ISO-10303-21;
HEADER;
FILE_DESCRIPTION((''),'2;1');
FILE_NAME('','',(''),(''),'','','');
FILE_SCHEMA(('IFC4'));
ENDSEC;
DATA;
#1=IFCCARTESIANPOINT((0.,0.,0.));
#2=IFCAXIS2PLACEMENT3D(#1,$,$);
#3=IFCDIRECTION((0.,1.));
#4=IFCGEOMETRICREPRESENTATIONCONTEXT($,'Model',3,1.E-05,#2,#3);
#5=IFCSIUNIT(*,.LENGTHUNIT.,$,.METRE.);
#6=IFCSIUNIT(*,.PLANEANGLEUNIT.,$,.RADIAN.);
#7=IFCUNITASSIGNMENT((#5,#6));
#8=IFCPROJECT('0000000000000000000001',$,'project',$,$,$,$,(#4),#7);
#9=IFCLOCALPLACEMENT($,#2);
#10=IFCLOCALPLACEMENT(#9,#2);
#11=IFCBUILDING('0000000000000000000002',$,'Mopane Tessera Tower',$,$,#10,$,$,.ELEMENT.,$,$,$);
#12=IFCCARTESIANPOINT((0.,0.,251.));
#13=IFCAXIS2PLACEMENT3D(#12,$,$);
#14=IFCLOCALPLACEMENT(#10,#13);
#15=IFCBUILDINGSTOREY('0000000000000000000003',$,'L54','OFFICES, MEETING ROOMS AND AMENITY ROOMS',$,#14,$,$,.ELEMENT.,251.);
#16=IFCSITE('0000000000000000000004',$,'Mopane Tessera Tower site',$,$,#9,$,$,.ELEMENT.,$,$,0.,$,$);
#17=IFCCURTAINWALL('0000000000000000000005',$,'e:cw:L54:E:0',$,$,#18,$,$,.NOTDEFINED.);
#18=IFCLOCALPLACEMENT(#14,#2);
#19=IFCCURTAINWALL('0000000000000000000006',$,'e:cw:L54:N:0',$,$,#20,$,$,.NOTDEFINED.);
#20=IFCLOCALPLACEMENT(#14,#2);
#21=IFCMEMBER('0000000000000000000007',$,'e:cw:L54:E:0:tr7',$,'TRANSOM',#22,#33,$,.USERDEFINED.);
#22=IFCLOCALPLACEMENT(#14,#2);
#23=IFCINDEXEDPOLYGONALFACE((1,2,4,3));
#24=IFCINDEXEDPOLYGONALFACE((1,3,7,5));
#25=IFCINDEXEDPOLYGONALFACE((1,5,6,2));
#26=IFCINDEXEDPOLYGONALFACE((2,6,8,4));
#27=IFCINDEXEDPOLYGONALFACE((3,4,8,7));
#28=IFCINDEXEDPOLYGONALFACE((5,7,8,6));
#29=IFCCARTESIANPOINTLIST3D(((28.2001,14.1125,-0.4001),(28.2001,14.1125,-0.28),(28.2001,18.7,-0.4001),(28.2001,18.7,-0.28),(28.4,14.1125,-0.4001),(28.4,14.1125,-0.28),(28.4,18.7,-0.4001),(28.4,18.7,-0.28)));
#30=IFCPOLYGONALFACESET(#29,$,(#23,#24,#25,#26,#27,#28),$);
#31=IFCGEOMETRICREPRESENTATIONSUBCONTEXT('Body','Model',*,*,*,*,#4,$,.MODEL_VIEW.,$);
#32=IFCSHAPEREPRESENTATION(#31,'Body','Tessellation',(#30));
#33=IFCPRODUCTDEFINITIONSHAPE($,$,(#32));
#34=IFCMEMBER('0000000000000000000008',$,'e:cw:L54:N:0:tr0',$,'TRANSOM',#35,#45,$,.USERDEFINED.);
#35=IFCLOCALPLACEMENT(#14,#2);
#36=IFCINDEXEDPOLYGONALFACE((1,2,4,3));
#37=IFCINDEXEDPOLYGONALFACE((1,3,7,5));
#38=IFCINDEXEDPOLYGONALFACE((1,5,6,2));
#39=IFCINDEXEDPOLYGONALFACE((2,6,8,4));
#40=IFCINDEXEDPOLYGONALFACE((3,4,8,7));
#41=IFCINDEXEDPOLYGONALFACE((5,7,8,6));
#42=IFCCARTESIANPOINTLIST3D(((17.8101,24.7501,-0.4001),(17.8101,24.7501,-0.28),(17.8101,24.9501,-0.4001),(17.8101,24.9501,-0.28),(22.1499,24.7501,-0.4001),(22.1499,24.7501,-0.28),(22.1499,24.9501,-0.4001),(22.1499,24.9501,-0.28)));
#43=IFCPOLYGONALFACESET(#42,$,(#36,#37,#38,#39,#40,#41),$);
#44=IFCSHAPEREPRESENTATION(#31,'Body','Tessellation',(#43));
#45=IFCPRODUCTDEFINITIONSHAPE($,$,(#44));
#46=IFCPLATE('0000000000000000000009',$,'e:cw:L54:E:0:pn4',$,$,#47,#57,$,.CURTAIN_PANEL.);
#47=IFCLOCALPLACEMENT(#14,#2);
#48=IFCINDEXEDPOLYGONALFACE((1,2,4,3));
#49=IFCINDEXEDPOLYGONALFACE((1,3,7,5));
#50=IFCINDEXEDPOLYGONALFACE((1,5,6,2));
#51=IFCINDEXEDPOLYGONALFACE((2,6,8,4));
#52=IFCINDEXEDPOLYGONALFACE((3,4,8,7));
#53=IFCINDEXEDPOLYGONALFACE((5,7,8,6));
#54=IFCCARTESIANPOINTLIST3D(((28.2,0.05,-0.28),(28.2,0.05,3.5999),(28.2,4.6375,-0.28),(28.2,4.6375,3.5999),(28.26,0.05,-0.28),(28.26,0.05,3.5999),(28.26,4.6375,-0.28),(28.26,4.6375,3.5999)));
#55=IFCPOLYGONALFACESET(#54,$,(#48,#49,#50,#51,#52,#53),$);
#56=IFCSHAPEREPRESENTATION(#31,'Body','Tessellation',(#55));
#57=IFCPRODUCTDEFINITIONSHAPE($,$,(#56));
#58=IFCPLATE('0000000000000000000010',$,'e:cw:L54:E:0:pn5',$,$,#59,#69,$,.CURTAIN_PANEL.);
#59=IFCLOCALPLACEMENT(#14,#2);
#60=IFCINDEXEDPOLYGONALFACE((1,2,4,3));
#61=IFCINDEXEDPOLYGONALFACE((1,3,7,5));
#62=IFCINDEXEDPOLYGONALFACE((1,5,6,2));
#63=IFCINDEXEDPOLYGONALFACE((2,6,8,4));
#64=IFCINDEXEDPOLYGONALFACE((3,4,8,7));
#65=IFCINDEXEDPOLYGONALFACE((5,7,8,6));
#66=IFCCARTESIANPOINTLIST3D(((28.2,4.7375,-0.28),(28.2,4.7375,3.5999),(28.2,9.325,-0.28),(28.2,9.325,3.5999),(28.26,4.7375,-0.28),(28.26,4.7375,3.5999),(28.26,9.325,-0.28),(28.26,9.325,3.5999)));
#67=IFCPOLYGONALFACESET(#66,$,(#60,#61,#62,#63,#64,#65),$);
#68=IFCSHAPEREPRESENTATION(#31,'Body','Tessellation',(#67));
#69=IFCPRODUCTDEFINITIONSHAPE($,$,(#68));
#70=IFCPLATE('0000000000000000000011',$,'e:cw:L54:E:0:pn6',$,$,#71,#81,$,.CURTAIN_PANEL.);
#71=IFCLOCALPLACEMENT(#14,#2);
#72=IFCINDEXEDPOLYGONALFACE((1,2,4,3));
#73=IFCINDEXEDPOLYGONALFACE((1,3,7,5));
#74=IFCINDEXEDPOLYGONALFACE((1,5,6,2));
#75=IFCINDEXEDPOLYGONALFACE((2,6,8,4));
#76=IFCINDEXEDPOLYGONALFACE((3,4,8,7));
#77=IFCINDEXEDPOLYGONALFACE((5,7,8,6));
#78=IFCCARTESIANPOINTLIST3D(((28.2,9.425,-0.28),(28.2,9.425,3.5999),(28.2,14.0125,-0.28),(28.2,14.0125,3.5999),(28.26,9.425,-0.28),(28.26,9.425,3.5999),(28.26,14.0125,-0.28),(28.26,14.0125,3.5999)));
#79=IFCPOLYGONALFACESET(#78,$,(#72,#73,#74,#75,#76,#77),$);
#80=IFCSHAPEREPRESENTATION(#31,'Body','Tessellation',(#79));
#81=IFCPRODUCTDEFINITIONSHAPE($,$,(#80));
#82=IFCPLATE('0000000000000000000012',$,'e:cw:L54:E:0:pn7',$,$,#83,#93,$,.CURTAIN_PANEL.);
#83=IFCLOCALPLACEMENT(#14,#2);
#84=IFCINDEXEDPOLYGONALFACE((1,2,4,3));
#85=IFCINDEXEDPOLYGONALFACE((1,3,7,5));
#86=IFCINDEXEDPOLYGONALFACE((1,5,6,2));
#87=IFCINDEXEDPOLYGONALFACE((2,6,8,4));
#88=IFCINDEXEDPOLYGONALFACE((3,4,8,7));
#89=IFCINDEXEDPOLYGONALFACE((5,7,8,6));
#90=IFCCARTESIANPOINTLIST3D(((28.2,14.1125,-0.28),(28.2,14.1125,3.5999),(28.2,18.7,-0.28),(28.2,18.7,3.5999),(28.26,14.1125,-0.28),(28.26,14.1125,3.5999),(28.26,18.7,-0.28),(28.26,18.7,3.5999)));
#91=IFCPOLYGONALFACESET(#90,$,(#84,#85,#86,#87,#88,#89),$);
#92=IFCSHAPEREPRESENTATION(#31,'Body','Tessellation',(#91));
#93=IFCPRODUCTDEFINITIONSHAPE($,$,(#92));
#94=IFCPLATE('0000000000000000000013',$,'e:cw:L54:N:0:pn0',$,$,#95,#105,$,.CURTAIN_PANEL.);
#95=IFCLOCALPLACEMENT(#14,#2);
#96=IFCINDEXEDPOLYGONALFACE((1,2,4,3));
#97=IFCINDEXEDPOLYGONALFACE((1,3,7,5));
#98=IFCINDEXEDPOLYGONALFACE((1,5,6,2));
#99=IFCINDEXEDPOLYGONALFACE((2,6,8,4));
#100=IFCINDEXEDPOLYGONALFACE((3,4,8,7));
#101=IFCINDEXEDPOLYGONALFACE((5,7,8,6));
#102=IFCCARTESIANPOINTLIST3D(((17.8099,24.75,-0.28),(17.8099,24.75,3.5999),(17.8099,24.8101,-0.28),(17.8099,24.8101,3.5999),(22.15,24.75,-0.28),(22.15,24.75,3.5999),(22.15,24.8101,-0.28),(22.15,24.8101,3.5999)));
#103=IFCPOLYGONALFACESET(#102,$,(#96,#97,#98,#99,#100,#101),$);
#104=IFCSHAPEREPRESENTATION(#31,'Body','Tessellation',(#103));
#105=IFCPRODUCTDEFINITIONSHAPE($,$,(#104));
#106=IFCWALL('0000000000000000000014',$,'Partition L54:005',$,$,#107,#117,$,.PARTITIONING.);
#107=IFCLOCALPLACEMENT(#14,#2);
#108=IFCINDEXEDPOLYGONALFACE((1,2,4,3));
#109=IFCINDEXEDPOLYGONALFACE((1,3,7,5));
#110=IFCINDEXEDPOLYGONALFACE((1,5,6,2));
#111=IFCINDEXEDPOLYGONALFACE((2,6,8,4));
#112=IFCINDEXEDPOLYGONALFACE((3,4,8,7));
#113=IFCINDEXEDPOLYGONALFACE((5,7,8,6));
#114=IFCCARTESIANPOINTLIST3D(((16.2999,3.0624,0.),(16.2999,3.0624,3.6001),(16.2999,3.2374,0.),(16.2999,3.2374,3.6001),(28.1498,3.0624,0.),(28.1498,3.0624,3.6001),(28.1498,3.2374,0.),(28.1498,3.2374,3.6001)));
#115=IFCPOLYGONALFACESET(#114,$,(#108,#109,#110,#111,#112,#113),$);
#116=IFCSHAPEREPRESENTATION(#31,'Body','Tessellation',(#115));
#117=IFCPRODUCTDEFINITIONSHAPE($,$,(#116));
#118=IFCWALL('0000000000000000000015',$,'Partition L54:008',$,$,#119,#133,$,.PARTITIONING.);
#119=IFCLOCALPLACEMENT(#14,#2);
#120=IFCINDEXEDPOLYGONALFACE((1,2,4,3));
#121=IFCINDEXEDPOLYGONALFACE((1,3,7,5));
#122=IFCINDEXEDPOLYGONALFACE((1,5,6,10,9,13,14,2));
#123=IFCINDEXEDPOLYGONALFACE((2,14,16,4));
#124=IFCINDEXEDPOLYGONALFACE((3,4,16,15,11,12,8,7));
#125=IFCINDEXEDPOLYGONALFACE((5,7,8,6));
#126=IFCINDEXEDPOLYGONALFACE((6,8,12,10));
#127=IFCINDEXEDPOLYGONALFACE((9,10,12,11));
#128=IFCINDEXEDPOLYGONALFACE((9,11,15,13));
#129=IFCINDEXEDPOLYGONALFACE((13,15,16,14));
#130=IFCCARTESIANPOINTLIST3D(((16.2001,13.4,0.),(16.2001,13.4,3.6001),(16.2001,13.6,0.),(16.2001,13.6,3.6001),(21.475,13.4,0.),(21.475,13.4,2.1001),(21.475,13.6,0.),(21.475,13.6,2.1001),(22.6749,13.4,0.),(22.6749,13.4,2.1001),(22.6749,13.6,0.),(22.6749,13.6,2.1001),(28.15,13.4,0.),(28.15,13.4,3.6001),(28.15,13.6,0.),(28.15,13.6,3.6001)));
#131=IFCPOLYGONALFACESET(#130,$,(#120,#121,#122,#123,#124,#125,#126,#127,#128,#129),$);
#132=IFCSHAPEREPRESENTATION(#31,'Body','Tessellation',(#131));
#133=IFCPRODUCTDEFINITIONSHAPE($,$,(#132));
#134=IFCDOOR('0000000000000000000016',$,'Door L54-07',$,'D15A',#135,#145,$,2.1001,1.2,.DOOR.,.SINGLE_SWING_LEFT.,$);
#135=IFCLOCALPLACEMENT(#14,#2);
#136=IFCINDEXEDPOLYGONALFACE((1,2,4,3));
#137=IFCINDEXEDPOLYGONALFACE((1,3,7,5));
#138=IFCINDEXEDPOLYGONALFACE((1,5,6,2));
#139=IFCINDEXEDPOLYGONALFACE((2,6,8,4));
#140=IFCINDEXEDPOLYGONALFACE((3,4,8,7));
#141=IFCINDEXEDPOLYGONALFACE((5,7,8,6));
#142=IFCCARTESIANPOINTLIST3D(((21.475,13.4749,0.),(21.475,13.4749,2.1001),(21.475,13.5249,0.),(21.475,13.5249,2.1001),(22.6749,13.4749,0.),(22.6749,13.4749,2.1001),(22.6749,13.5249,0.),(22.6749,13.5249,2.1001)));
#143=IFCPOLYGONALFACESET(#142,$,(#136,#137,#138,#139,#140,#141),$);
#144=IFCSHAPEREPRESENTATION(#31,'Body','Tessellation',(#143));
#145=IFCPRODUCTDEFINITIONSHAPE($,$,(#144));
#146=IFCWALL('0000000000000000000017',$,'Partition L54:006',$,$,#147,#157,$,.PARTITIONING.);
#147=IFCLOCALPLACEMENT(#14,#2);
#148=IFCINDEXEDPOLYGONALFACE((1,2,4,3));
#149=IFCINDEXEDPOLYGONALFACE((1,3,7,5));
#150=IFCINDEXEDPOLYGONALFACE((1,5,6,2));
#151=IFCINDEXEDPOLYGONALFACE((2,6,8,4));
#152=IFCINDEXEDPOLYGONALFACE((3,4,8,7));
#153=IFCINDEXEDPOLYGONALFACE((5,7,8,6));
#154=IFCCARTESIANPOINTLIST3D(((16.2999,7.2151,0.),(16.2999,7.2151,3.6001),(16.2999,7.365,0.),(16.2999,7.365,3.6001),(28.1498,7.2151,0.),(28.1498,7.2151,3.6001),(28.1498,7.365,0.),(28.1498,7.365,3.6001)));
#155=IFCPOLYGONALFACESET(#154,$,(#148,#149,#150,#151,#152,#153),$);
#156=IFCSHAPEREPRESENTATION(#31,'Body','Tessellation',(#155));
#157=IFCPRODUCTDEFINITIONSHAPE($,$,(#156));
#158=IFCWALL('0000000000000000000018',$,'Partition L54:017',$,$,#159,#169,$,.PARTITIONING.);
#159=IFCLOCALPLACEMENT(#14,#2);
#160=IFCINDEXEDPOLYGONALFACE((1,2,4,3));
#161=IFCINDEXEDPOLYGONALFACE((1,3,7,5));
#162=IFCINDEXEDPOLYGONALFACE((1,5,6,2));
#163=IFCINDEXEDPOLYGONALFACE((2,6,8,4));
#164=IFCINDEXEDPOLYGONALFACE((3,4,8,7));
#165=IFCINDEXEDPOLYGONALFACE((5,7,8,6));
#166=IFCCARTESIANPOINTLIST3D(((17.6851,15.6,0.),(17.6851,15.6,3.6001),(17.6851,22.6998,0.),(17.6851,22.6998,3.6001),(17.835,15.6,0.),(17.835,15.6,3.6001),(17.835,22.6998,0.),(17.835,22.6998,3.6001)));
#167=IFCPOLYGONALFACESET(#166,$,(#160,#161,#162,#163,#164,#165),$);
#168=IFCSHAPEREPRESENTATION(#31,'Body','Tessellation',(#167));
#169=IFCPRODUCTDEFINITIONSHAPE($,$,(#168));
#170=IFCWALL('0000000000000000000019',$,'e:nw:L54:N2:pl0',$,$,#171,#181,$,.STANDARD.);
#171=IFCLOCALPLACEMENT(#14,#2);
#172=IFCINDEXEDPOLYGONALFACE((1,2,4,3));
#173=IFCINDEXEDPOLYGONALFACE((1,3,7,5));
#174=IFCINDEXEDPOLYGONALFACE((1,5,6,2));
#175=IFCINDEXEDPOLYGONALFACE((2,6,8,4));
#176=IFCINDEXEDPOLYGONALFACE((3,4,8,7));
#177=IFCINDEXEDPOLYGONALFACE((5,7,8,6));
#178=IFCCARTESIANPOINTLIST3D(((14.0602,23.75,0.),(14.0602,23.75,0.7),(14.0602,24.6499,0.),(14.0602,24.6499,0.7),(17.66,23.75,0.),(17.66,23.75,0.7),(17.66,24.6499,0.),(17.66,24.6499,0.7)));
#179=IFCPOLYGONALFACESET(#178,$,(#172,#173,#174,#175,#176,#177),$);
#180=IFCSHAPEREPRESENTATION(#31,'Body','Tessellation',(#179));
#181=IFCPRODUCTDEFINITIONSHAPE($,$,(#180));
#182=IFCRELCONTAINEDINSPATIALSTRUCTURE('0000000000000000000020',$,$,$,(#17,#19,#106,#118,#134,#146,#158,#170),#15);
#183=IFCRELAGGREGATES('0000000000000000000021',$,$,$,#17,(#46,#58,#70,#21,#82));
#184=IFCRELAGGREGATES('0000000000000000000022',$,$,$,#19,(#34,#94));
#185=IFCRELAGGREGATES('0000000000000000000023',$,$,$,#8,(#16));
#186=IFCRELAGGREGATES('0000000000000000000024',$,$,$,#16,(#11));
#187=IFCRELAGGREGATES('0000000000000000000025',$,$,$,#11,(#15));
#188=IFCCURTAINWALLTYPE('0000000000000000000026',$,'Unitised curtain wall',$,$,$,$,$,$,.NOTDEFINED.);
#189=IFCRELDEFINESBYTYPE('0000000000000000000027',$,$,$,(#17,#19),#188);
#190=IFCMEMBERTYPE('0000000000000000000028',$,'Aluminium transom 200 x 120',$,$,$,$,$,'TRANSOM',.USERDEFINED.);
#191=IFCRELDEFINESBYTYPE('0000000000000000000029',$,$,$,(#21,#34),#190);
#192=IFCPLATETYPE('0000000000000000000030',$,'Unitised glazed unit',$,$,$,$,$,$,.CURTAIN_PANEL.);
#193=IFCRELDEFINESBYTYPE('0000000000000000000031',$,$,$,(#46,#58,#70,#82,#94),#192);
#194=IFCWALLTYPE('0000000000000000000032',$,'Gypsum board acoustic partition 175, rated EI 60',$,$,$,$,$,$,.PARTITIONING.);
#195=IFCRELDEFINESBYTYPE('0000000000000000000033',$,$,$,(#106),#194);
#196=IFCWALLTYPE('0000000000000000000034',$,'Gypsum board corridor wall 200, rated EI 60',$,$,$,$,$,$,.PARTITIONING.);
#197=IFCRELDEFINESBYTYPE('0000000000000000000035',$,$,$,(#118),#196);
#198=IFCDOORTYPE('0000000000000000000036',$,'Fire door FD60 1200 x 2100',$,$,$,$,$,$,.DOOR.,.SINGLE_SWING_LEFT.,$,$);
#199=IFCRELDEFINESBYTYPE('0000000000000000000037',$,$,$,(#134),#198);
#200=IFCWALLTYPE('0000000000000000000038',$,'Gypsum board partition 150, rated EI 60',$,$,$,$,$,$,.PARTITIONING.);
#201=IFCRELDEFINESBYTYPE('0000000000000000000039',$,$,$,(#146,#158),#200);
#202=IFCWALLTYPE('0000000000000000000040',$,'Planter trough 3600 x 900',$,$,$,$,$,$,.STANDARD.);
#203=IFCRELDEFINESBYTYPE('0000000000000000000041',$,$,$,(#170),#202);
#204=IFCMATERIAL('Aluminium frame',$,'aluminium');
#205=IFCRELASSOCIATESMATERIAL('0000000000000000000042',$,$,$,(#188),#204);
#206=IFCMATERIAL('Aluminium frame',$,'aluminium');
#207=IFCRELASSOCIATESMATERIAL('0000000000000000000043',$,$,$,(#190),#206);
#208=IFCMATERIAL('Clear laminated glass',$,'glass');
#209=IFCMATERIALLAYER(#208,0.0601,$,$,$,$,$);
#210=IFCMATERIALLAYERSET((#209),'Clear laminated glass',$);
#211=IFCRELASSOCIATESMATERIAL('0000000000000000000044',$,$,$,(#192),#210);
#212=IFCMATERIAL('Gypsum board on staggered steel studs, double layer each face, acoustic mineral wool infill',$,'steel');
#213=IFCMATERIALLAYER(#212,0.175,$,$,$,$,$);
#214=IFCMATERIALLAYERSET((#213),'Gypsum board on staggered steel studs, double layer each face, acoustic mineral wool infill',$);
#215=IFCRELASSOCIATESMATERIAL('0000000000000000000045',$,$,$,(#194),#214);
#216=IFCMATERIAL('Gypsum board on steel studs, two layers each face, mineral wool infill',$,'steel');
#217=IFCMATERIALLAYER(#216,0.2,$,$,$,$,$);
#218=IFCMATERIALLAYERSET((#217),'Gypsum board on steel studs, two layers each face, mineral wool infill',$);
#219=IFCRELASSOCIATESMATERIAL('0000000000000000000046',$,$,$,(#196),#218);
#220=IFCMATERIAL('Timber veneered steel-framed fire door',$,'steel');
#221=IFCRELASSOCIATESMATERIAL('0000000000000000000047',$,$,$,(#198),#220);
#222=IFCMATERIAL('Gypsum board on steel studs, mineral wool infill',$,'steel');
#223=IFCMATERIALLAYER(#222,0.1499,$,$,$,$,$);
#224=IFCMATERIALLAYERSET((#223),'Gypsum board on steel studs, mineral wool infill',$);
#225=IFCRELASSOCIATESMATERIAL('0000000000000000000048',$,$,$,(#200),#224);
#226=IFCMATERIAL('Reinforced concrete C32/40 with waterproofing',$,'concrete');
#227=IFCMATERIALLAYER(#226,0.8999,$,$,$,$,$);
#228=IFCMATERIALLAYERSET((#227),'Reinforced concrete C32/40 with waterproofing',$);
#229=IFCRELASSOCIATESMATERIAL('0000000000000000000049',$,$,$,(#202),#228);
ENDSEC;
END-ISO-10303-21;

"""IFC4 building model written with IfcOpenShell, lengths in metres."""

from ifc_helpers import new_model, si_unit, direction, frame, frame_2d, origin, origin_2d, place, context, subcontext, project, spatial, rectangle, extrude, material, layer, layer_set, material_profile, profile_set, type_object, element, fill, aggregate, save


model = new_model("IFC4")

# Units and contexts
model_context = context("Model", 3, precision=1e-05, world=origin(), true_north=direction((0.0, 1.0)))
body_context = subcontext(model_context, "Body", "Model", "MODEL_VIEW")
ifc_project = project(units=[si_unit("LENGTHUNIT", "METRE"), si_unit("PLANEANGLEUNIT", "RADIAN")], contexts=[model_context])

# Site, building, storey
site_placement = place(None, origin())
site = spatial("IfcSite", under=ifc_project, at=site_placement, Name="Mopane Tessera Tower site", CompositionType="ELEMENT", RefElevation=0.0)
building_placement = place(site_placement, origin())
building = spatial("IfcBuilding", under=site, at=building_placement, Name="Mopane Tessera Tower", CompositionType="ELEMENT")
storey_placement = place(building_placement, frame((0.0, 0.0, 251.0)))
storey = spatial("IfcBuildingStorey", under=building, at=storey_placement, Name="L54", Description="OFFICES, MEETING ROOMS AND AMENITY ROOMS", CompositionType="ELEMENT", Elevation=251.0)

# Curtain walls
ifc_material_1 = material(Name="Aluminium frame", Category="aluminium")
curtain_wall_type = type_object("IfcCurtainWallType", Name="Unitised curtain wall", PredefinedType="NOTDEFINED", material=ifc_material_1)
curtain_wall_1_placement = place(storey_placement, origin())
curtain_wall_1 = element("IfcCurtainWall", 1, at=curtain_wall_1_placement, inside=storey, type_object=curtain_wall_type, Name="e:cw:L54:E:0", PredefinedType="NOTDEFINED")
curtain_wall_2_placement = place(storey_placement, origin())
curtain_wall_2 = element("IfcCurtainWall", 2, at=curtain_wall_2_placement, inside=storey, type_object=curtain_wall_type, Name="e:cw:L54:N:0", PredefinedType="NOTDEFINED")

# Members
ifc_material_2 = material(Name="Aluminium frame", Category="aluminium")
ifc_material_profile_1 = material_profile(ifc_material_2, rectangle(XDim=0.2, YDim=0.1201, at=origin_2d()))
ifc_profile_set_1 = profile_set([ifc_material_profile_1], Name="Aluminium frame")
member_type_1 = type_object("IfcMemberType", Name="Aluminium transom 200 x 120", ElementType="TRANSOM", PredefinedType="USERDEFINED", material=ifc_profile_set_1)
member_1_placement = place(storey_placement, frame((28.3, 14.1125, -0.3401), z_axis=(0.0, 1.0, 0.0), x_axis=(-1.0, 0.0, 0.0)))
member_1 = element("IfcMember", 3, at=member_1_placement, type_object=member_type_1, Name="e:cw:L54:E:0:tr7", ObjectType="TRANSOM", PredefinedType="USERDEFINED", context=body_context, shape_type="SweptSolid", body=[
    extrude(rectangle(XDim=0.2, YDim=0.1201, at=origin_2d()), origin(), (0.0, 0.0, 1.0), 4.5874),
])
member_2_placement = place(storey_placement, frame((22.1499, 24.8501, -0.3401), z_axis=(-1.0, 0.0, 0.0), x_axis=(0.0, -1.0, 0.0)))
member_2 = element("IfcMember", 4, at=member_2_placement, type_object=member_type_1, Name="e:cw:L54:N:0:tr0", ObjectType="TRANSOM", PredefinedType="USERDEFINED", context=body_context, shape_type="SweptSolid", body=[
    extrude(rectangle(XDim=0.2, YDim=0.1201, at=origin_2d()), origin(), (0.0, 0.0, 1.0), 4.3398),
])

# Plates
ifc_material_3 = material(Name="Clear laminated glass", Category="glass")
ifc_layer_1 = layer(ifc_material_3, 0.0601)
ifc_layer_set_1 = layer_set([ifc_layer_1], Name="Clear laminated glass")
plate_type = type_object("IfcPlateType", Name="Unitised glazed unit", PredefinedType="CURTAIN_PANEL", material=ifc_layer_set_1)
plate_1_placement = place(storey_placement, frame((28.23, 2.3438, -0.28), z_axis=(0.0, 0.0, 1.0), x_axis=(0.0, 1.0, 0.0)))
plate_1 = element("IfcPlate", 5, at=plate_1_placement, type_object=plate_type, Name="e:cw:L54:E:0:pn4", PredefinedType="CURTAIN_PANEL", context=body_context, shape_type="SweptSolid", body=[
    extrude(rectangle(XDim=4.5874, YDim=0.0601, at=origin_2d()), origin(), (0.0, 0.0, 1.0), 3.8799),
])
plate_2_placement = place(storey_placement, frame((28.23, 7.0312, -0.28), z_axis=(0.0, 0.0, 1.0), x_axis=(0.0, 1.0, 0.0)))
plate_2 = element("IfcPlate", 6, at=plate_2_placement, type_object=plate_type, Name="e:cw:L54:E:0:pn5", PredefinedType="CURTAIN_PANEL", context=body_context, shape_type="SweptSolid", body=[
    extrude(rectangle(XDim=4.5874, YDim=0.0601, at=origin_2d()), origin(), (0.0, 0.0, 1.0), 3.8799),
])
plate_3_placement = place(storey_placement, frame((28.23, 11.7188, -0.28), z_axis=(0.0, 0.0, 1.0), x_axis=(0.0, 1.0, 0.0)))
plate_3 = element("IfcPlate", 7, at=plate_3_placement, type_object=plate_type, Name="e:cw:L54:E:0:pn6", PredefinedType="CURTAIN_PANEL", context=body_context, shape_type="SweptSolid", body=[
    extrude(rectangle(XDim=4.5874, YDim=0.0601, at=origin_2d()), origin(), (0.0, 0.0, 1.0), 3.8799),
])
plate_4_placement = place(storey_placement, frame((28.23, 16.4062, -0.28), z_axis=(0.0, 0.0, 1.0), x_axis=(0.0, 1.0, 0.0)))
plate_4 = element("IfcPlate", 8, at=plate_4_placement, type_object=plate_type, Name="e:cw:L54:E:0:pn7", PredefinedType="CURTAIN_PANEL", context=body_context, shape_type="SweptSolid", body=[
    extrude(rectangle(XDim=4.5874, YDim=0.0601, at=origin_2d()), origin(), (0.0, 0.0, 1.0), 3.8799),
])
aggregate(curtain_wall_1, [plate_1, plate_2, plate_3, member_1, plate_4])
plate_5_placement = place(storey_placement, frame((19.98, 24.78, -0.28), z_axis=(0.0, 0.0, 1.0), x_axis=(-1.0, 0.0, 0.0)))
plate_5 = element("IfcPlate", 9, at=plate_5_placement, type_object=plate_type, Name="e:cw:L54:N:0:pn0", PredefinedType="CURTAIN_PANEL", context=body_context, shape_type="SweptSolid", body=[
    extrude(rectangle(XDim=4.3401, YDim=0.0601, at=origin_2d()), origin(), (0.0, 0.0, 1.0), 3.8799),
])
aggregate(curtain_wall_2, [member_2, plate_5])

# Wall
ifc_material_4 = material(Name="Gypsum board on staggered steel studs, double layer each face, acoustic mineral wool infill", Category="steel")
ifc_layer_2 = layer(ifc_material_4, 0.175)
ifc_layer_set_2 = layer_set([ifc_layer_2], Name="Gypsum board on staggered steel studs, double layer each face, acoustic mineral wool infill")
wall_type_1 = type_object("IfcWallType", Name="Gypsum board acoustic partition 175, rated EI 60", PredefinedType="PARTITIONING", material=ifc_layer_set_2)
wall_1_placement = place(storey_placement, frame((16.3, 3.1499, 0.0), z_axis=(0.0, 0.0, 1.0), x_axis=(1.0, 0.0, 0.0)))
element("IfcWall", 10, at=wall_1_placement, inside=storey, type_object=wall_type_1, Name="Partition L54:005", PredefinedType="PARTITIONING", context=body_context, shape_type="SweptSolid", body=[
    extrude(rectangle(XDim=11.8499, YDim=0.175, at=frame_2d((5.9248, 0.0))), origin(), (0.0, 0.0, 1.0), 3.6001),
])

# Wall, opening, door
ifc_material_5 = material(Name="Gypsum board on steel studs, two layers each face, mineral wool infill", Category="steel")
ifc_layer_3 = layer(ifc_material_5, 0.2)
ifc_layer_set_3 = layer_set([ifc_layer_3], Name="Gypsum board on steel studs, two layers each face, mineral wool infill")
wall_type_2 = type_object("IfcWallType", Name="Gypsum board corridor wall 200, rated EI 60", PredefinedType="PARTITIONING", material=ifc_layer_set_3)
wall_2_placement = place(storey_placement, frame((16.2, 13.5, 0.0), z_axis=(0.0, 0.0, 1.0), x_axis=(1.0, 0.0, 0.0)))
wall_2 = element("IfcWall", 11, at=wall_2_placement, inside=storey, type_object=wall_type_2, Name="Partition L54:008", PredefinedType="PARTITIONING", context=body_context, shape_type="SweptSolid", body=[
    extrude(rectangle(XDim=11.95, YDim=0.2, at=frame_2d((5.9751, 0.0))), origin(), (0.0, 0.0, 1.0), 3.6001),
])
opening_1_placement = place(wall_2_placement, frame((5.2749, 0.0, 0.0)))
opening_1 = element("IfcOpeningElement", 12, at=opening_1_placement, cuts=wall_2, PredefinedType="OPENING", context=body_context, shape_type="SweptSolid", body=[
    extrude(rectangle(XDim=1.2, YDim=2.1001, at=frame_2d((0.6001, 1.05))), frame((0.0, 0.1121, 0.0), z_axis=(0.0, -1.0, 0.0), x_axis=(1.0, 0.0, 0.0)), (0.0, 0.0, 1.0), 0.2239),
])
ifc_material_6 = material(Name="Timber veneered steel-framed fire door", Category="steel")
door_type_1 = type_object("IfcDoorType", Name="Fire door FD60 1200 x 2100", OperationType="SINGLE_SWING_LEFT", PredefinedType="DOOR", material=ifc_material_6)
door_1_placement = place(opening_1_placement, origin())
door_1 = element("IfcDoor", 13, at=door_1_placement, inside=storey, type_object=door_type_1, Name="Door L54-07", ObjectType="D15A", OperationType="SINGLE_SWING_LEFT", OverallHeight=2.1001, OverallWidth=1.2, PredefinedType="DOOR", context=body_context, shape_type="SweptSolid", body=[
    extrude(rectangle(XDim=1.2, YDim=2.1001, at=frame_2d((0.6001, 1.05))), frame((0.0, 0.0249, 0.0), z_axis=(0.0, -1.0, 0.0), x_axis=(1.0, 0.0, 0.0)), (0.0, 0.0, 1.0), 0.05),
])
fill(opening_1, door_1)

# Walls
ifc_material_7 = material(Name="Gypsum board on steel studs, mineral wool infill", Category="steel")
ifc_layer_4 = layer(ifc_material_7, 0.1499)
ifc_layer_set_4 = layer_set([ifc_layer_4], Name="Gypsum board on steel studs, mineral wool infill")
wall_type_3 = type_object("IfcWallType", Name="Gypsum board partition 150, rated EI 60", PredefinedType="PARTITIONING", material=ifc_layer_set_4)
wall_3_placement = place(storey_placement, frame((16.3, 7.29, 0.0), z_axis=(0.0, 0.0, 1.0), x_axis=(1.0, 0.0, 0.0)))
element("IfcWall", 14, at=wall_3_placement, inside=storey, type_object=wall_type_3, Name="Partition L54:006", PredefinedType="PARTITIONING", context=body_context, shape_type="SweptSolid", body=[
    extrude(rectangle(XDim=11.8499, YDim=0.1499, at=frame_2d((5.9248, 0.0))), origin(), (0.0, 0.0, 1.0), 3.6001),
])
wall_4_placement = place(storey_placement, frame((17.76, 15.6001, 0.0), z_axis=(0.0, 0.0, 1.0), x_axis=(0.0, 1.0, 0.0)))
element("IfcWall", 15, at=wall_4_placement, inside=storey, type_object=wall_type_3, Name="Partition L54:017", PredefinedType="PARTITIONING", context=body_context, shape_type="SweptSolid", body=[
    extrude(rectangle(XDim=7.0999, YDim=0.1499, at=frame_2d((3.5498, 0.0))), origin(), (0.0, 0.0, 1.0), 3.6001),
])
ifc_material_8 = material(Name="Reinforced concrete C32/40 with waterproofing", Category="concrete")
ifc_layer_5 = layer(ifc_material_8, 0.8999)
ifc_layer_set_5 = layer_set([ifc_layer_5], Name="Reinforced concrete C32/40 with waterproofing")
wall_type_4 = type_object("IfcWallType", Name="Planter trough 3600 x 900", PredefinedType="STANDARD", material=ifc_layer_set_5)
wall_5_placement = place(storey_placement, frame((17.6599, 24.2, 0.0), z_axis=(0.0, 0.0, 1.0), x_axis=(-1.0, 0.0, 0.0)))
element("IfcWall", 16, at=wall_5_placement, inside=storey, type_object=wall_type_4, Name="e:nw:L54:N2:pl0", PredefinedType="STANDARD", context=body_context, shape_type="SweptSolid", body=[
    extrude(rectangle(XDim=3.5999, YDim=0.8999, at=frame_2d((1.7998, 0.0))), origin(), (0.0, 0.0, 1.0), 0.7),
])

save(model, "model.ifc")
